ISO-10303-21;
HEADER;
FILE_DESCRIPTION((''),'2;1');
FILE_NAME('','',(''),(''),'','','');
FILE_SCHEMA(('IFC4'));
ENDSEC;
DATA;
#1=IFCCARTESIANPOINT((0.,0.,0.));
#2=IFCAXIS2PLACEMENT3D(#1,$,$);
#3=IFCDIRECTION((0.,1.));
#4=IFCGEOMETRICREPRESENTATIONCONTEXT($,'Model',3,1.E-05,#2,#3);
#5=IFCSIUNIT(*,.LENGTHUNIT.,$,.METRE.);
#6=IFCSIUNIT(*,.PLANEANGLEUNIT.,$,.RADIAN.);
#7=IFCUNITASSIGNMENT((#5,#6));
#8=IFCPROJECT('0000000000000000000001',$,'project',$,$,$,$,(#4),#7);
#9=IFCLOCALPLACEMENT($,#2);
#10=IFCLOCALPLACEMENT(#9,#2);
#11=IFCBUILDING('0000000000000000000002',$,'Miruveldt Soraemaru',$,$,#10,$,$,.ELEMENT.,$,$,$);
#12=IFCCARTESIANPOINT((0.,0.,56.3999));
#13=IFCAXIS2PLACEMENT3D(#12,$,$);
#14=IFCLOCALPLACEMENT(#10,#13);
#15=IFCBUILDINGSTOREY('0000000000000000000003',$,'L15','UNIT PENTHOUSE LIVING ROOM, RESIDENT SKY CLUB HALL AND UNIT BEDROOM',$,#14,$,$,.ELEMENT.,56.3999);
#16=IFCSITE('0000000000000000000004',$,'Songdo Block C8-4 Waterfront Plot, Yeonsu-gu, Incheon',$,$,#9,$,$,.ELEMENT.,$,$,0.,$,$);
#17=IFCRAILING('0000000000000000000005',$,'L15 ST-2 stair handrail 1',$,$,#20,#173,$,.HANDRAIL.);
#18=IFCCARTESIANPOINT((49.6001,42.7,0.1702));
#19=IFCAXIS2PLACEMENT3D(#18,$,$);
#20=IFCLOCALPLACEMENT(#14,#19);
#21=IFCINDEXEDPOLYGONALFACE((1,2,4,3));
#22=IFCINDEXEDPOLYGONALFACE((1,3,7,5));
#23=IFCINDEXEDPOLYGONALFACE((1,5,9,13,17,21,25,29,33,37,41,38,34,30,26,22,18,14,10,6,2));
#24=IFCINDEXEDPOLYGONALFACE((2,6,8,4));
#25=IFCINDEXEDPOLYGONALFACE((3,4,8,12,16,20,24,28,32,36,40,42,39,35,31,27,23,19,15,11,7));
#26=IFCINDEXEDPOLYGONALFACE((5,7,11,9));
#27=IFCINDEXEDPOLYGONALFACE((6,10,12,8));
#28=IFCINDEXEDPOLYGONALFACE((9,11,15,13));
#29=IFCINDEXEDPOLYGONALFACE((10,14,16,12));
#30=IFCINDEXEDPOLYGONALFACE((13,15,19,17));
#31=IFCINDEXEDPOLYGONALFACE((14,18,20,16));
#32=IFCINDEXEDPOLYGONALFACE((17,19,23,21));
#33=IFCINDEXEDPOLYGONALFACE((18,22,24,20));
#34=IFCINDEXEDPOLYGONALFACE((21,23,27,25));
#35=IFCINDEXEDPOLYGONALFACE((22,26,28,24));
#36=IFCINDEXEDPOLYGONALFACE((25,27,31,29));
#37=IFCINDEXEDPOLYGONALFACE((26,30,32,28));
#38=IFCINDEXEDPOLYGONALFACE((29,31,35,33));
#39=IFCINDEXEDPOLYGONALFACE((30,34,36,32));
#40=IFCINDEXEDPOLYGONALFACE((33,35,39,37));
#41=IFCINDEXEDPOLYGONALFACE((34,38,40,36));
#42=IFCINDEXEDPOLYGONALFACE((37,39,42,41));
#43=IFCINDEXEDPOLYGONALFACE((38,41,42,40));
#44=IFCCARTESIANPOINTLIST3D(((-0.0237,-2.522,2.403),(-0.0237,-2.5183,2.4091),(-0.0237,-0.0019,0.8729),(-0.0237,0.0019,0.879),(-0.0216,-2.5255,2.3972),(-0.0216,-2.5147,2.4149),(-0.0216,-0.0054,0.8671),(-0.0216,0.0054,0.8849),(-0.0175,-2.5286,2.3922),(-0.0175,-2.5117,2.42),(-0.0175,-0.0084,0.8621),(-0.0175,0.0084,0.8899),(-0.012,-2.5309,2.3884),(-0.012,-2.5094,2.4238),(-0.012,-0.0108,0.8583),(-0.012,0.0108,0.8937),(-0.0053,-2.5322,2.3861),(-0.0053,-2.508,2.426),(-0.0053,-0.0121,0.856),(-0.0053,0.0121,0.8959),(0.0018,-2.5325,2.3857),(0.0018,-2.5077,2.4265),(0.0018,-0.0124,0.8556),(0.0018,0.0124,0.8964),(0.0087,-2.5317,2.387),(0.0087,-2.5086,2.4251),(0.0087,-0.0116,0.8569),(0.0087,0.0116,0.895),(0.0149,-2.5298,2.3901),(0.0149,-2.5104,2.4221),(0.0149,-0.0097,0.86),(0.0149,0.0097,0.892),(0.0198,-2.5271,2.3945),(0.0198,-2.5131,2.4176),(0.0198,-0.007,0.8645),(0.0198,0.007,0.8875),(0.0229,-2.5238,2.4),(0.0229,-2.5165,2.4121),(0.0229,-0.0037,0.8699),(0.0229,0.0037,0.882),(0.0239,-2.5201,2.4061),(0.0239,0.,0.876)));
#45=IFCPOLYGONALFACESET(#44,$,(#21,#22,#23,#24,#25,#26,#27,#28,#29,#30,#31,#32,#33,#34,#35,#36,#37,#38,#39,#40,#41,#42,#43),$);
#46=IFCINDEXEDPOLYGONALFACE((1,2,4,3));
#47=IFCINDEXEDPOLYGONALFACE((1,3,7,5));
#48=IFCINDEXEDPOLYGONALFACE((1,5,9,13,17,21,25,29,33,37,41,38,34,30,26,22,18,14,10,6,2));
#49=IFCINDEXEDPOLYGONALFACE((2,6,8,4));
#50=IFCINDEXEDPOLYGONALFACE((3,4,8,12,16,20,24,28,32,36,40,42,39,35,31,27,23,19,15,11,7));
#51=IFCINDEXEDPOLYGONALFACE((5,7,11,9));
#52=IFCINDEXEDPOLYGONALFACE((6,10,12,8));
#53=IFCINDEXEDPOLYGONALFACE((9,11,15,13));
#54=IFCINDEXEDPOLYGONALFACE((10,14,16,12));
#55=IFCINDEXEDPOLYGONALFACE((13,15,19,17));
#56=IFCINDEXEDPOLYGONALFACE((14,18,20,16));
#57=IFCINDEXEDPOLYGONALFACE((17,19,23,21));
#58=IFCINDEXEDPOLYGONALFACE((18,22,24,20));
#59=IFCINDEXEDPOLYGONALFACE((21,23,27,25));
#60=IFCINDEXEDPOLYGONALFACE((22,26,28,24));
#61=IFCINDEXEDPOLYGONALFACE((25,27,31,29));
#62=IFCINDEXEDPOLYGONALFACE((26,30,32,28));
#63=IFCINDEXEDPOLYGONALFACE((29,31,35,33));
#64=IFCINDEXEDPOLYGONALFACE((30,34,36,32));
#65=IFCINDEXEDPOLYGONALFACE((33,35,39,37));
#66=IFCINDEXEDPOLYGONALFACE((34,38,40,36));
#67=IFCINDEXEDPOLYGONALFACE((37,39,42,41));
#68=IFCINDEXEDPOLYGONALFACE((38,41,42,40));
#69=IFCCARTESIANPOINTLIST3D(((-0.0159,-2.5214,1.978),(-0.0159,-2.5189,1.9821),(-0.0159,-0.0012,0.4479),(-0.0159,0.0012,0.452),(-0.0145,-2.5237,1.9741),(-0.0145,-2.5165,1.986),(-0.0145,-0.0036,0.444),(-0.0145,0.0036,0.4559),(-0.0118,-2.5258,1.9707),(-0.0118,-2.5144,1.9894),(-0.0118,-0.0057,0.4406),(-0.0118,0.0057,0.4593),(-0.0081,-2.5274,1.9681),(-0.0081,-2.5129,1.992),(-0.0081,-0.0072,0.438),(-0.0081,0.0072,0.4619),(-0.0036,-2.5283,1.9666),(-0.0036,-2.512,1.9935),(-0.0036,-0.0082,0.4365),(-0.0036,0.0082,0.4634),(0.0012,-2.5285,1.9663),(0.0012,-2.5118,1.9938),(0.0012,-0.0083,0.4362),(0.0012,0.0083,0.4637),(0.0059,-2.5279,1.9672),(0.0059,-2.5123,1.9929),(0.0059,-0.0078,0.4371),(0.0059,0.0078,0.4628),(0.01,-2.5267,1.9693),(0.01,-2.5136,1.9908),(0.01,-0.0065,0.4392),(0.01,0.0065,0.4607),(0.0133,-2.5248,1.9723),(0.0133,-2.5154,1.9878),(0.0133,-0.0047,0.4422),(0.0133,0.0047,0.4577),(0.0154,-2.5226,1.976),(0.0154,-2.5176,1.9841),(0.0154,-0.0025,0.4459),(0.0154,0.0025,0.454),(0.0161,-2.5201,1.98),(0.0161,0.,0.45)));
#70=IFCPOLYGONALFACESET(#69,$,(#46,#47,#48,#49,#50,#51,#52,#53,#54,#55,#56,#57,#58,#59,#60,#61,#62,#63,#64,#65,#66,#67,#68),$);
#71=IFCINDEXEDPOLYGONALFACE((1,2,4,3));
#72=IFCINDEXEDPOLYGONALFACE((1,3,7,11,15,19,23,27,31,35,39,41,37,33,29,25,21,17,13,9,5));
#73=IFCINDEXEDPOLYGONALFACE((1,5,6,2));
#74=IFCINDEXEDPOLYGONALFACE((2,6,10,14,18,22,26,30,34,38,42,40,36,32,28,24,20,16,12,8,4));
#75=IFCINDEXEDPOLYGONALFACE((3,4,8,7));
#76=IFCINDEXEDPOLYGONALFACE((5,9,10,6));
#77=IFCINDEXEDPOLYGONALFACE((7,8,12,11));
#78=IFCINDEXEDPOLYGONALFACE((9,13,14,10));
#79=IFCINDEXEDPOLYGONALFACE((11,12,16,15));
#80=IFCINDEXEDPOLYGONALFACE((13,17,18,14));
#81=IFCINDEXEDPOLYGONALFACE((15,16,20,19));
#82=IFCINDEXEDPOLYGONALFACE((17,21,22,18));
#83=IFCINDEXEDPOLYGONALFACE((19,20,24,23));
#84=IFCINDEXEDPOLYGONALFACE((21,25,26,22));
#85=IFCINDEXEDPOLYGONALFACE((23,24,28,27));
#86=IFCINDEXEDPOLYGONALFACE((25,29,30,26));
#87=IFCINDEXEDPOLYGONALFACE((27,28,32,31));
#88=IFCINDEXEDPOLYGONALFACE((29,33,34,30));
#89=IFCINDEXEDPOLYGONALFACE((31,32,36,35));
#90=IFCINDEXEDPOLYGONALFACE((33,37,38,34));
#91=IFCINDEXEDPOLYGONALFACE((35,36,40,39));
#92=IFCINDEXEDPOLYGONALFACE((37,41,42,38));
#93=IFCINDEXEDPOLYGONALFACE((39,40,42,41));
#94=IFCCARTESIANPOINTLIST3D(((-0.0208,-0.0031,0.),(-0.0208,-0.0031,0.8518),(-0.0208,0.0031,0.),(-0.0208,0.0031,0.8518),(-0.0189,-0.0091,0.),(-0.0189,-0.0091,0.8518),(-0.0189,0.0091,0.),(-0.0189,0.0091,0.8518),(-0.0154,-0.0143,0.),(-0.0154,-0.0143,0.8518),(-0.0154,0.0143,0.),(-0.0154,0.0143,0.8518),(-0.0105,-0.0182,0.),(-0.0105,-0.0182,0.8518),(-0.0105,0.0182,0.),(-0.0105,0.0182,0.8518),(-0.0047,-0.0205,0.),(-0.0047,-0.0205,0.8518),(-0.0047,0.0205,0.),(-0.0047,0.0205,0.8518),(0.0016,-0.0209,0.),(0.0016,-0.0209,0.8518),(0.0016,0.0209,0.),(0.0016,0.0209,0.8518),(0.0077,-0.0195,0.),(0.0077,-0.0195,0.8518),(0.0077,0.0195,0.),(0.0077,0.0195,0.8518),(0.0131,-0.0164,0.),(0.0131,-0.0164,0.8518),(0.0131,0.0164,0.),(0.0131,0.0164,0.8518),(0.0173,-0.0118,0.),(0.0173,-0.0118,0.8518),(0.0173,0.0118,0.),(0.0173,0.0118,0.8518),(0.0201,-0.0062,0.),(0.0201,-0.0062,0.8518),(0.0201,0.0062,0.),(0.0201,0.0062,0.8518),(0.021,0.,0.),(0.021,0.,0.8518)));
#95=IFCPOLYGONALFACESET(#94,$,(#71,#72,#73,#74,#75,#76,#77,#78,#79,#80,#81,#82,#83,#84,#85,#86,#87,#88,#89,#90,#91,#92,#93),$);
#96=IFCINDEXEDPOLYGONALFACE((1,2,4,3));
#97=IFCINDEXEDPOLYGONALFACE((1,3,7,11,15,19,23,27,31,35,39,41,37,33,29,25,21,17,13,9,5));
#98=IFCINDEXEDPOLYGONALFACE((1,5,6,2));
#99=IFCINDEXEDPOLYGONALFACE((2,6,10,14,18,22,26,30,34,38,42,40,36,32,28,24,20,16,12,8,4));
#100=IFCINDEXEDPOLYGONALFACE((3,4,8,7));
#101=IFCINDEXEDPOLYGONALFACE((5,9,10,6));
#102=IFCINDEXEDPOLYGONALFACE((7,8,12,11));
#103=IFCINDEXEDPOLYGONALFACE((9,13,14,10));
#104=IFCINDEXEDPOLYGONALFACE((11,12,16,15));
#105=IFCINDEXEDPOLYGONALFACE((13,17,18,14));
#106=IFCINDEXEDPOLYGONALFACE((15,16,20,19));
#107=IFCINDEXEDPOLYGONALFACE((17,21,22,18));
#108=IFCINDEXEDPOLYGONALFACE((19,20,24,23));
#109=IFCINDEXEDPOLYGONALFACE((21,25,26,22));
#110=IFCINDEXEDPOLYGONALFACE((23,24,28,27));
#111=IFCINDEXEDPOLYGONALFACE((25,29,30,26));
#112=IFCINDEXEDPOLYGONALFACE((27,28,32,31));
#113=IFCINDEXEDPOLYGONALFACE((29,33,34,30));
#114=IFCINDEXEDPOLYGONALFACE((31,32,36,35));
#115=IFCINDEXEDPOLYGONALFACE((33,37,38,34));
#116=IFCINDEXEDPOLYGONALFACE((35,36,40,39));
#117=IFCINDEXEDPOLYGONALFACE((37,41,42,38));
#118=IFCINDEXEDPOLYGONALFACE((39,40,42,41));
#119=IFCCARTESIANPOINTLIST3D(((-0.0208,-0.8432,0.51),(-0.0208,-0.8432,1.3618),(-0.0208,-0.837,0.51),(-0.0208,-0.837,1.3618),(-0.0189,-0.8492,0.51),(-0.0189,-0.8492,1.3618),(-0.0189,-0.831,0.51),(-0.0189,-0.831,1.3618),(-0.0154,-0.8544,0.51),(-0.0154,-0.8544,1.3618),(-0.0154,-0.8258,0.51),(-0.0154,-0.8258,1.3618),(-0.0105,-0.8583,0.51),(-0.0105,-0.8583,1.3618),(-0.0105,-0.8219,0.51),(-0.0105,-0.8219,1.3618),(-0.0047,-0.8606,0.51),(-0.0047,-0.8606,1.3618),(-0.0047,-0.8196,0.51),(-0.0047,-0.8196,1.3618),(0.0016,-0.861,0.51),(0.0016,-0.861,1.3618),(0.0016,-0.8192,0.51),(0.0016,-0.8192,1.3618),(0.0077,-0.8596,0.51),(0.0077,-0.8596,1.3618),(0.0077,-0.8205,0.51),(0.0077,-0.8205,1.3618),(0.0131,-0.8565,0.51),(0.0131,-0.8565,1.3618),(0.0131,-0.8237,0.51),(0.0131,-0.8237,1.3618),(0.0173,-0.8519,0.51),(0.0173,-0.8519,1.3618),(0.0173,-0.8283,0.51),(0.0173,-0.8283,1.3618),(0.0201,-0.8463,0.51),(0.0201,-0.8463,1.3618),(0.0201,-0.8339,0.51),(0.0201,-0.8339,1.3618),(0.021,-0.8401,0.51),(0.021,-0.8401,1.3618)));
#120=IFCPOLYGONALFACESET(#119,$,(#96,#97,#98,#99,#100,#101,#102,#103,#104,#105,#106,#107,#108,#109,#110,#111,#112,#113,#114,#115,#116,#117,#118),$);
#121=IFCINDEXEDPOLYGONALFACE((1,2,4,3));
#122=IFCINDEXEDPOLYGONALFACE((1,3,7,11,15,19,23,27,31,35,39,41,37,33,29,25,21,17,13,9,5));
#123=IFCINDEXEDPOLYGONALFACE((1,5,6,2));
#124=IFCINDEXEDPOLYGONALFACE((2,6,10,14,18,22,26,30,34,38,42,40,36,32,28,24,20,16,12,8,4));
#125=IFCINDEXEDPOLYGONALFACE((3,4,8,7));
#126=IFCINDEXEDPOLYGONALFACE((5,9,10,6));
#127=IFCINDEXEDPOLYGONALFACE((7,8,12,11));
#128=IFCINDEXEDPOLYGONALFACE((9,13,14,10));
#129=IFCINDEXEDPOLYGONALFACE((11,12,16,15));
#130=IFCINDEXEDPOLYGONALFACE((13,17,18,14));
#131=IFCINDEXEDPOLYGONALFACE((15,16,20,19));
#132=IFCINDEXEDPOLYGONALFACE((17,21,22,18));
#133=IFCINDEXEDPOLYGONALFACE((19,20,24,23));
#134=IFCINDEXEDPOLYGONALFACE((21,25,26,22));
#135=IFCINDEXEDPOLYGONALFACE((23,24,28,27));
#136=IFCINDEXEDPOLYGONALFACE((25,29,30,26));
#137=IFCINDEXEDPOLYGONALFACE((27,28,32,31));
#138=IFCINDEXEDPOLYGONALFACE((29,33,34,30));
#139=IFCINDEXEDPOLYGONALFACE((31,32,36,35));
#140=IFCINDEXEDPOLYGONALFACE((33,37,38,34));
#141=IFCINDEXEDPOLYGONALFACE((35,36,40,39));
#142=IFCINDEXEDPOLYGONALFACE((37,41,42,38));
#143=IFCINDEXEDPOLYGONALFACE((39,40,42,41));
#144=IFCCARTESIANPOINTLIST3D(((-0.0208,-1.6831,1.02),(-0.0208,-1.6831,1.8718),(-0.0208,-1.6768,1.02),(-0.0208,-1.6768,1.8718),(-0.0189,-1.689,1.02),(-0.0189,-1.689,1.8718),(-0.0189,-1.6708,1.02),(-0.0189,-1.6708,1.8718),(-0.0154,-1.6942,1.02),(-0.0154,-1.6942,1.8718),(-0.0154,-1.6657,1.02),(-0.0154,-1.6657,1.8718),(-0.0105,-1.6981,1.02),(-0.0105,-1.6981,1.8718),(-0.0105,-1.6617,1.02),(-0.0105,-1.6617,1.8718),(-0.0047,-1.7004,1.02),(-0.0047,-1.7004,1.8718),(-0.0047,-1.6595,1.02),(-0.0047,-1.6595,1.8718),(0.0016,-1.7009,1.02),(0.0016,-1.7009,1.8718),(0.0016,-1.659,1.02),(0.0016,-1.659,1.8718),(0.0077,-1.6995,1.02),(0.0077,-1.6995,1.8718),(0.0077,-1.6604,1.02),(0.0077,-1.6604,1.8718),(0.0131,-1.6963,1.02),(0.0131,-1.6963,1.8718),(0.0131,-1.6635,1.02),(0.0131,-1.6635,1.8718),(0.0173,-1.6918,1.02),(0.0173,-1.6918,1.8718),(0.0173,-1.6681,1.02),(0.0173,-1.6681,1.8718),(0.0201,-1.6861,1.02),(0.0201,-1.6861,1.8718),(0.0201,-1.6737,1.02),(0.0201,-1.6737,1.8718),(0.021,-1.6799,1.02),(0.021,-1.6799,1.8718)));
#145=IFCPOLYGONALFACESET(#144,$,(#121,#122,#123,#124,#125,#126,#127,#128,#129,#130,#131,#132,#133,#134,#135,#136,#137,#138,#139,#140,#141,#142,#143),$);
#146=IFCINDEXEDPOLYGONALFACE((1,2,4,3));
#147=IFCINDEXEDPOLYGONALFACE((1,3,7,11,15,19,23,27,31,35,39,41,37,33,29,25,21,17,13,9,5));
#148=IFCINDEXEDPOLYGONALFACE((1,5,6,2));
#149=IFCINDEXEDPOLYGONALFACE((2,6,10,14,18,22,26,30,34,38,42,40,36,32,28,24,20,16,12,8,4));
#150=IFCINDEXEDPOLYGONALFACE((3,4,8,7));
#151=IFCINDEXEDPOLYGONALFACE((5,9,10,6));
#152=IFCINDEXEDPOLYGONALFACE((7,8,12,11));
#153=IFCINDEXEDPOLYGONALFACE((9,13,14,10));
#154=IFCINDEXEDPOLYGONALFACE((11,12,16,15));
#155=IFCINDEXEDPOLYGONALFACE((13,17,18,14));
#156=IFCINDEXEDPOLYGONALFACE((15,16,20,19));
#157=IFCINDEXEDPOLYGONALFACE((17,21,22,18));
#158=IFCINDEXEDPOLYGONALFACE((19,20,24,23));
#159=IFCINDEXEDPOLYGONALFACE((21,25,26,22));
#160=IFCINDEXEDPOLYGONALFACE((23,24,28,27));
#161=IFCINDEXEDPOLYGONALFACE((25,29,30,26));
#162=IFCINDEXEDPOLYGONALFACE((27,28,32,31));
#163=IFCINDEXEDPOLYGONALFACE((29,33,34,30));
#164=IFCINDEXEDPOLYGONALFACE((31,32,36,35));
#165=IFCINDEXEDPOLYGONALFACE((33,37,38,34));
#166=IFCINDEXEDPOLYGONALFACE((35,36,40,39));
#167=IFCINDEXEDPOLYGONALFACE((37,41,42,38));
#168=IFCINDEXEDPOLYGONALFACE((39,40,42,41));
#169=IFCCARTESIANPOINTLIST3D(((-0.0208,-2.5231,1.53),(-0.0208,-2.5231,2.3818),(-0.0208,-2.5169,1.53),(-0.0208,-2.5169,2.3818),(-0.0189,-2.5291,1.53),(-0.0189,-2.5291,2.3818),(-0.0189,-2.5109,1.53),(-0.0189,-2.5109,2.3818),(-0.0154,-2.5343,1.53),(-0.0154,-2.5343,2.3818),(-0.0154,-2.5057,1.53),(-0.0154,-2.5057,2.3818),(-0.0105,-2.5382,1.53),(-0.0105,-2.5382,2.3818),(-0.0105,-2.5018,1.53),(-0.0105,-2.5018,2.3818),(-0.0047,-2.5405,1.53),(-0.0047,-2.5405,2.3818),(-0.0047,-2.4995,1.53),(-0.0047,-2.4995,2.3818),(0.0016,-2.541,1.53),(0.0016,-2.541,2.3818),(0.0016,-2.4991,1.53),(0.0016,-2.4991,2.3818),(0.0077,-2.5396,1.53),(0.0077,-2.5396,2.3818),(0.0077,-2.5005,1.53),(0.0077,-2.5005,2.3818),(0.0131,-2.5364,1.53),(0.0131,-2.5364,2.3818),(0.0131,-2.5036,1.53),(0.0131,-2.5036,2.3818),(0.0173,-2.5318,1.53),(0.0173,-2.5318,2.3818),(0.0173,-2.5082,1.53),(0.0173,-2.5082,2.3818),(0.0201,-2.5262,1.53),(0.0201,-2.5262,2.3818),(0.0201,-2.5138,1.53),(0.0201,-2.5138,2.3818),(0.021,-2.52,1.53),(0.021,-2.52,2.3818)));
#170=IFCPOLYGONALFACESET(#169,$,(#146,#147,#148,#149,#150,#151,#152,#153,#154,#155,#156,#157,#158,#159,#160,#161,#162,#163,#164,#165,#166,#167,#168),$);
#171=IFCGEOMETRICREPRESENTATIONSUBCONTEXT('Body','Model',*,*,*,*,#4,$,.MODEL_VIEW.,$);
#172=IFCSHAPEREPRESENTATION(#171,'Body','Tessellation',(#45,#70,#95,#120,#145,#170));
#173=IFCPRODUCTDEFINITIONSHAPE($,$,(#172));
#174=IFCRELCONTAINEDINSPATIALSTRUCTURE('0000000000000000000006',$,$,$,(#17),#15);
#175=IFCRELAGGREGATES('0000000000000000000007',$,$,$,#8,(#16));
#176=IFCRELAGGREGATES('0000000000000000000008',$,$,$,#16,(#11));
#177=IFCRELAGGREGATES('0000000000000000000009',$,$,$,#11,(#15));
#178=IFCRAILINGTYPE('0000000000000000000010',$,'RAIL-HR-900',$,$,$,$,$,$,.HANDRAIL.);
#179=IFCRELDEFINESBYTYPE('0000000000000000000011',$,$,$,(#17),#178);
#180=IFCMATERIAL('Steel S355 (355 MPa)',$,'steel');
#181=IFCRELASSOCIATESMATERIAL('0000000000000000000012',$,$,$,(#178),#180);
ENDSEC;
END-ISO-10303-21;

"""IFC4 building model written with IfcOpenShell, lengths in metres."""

from ifc_helpers import new_model, si_unit, direction, frame, origin, origin_2d, place, context, subcontext, project, spatial, circle, extrude, material, type_object, element, save


model = new_model("IFC4")

# Units and contexts
model_context = context("Model", 3, precision=1e-05, world=origin(), true_north=direction((0.0, 1.0)))
body_context = subcontext(model_context, "Body", "Model", "MODEL_VIEW")
ifc_project = project(units=[si_unit("LENGTHUNIT", "METRE"), si_unit("PLANEANGLEUNIT", "RADIAN")], contexts=[model_context])

# Site, building, storey
site_placement = place(None, origin())
site = spatial("IfcSite", under=ifc_project, at=site_placement, Name="Songdo Block C8-4 Waterfront Plot, Yeonsu-gu, Incheon", CompositionType="ELEMENT", RefElevation=0.0)
building_placement = place(site_placement, origin())
building = spatial("IfcBuilding", under=site, at=building_placement, Name="Miruveldt Soraemaru", CompositionType="ELEMENT")
storey_placement = place(building_placement, frame((0.0, 0.0, 56.3999)))
storey = spatial("IfcBuildingStorey", under=building, at=storey_placement, Name="L15", Description="UNIT PENTHOUSE LIVING ROOM, RESIDENT SKY CLUB HALL AND UNIT BEDROOM", CompositionType="ELEMENT", Elevation=56.3999)

# Railing
ifc_material_1 = material(Name="Steel S355 (355 MPa)", Category="steel")
railing_type_1 = type_object("IfcRailingType", Name="RAIL-HR-900", PredefinedType="HANDRAIL", material=ifc_material_1)
railing_1_placement = place(storey_placement, frame((49.6001, 42.7, 0.1702)))
element("IfcRailing", 1, at=railing_1_placement, inside=storey, type_object=railing_type_1, Name="L15 ST-2 stair handrail 1", PredefinedType="HANDRAIL", context=body_context, shape_type="SweptSolid", body=[
    extrude(circle(Radius=0.0239, at=origin_2d()), frame((0.0, 0.0, 0.876), z_axis=(0.0, -0.854785, 0.518982), x_axis=(1.0, 0.0, 0.0)), (0.0, 0.0, 1.0), 2.9482),
    extrude(circle(Radius=0.0161, at=origin_2d()), frame((0.0, 0.0, 0.45), z_axis=(0.0, -0.854785, 0.518982), x_axis=(1.0, 0.0, 0.0)), (0.0, 0.0, 1.0), 2.9482),
    extrude(circle(Radius=0.021, at=origin_2d()), origin(), (0.0, 0.0, 1.0), 0.8518),
    extrude(circle(Radius=0.021, at=origin_2d()), frame((0.0, -0.8401, 0.51)), (0.0, 0.0, 1.0), 0.8518),
    extrude(circle(Radius=0.021, at=origin_2d()), frame((0.0, -1.6799, 1.02)), (0.0, 0.0, 1.0), 0.8518),
    extrude(circle(Radius=0.021, at=origin_2d()), frame((0.0, -2.52, 1.53)), (0.0, 0.0, 1.0), 0.8518),
])

save(model, "model.ifc")
